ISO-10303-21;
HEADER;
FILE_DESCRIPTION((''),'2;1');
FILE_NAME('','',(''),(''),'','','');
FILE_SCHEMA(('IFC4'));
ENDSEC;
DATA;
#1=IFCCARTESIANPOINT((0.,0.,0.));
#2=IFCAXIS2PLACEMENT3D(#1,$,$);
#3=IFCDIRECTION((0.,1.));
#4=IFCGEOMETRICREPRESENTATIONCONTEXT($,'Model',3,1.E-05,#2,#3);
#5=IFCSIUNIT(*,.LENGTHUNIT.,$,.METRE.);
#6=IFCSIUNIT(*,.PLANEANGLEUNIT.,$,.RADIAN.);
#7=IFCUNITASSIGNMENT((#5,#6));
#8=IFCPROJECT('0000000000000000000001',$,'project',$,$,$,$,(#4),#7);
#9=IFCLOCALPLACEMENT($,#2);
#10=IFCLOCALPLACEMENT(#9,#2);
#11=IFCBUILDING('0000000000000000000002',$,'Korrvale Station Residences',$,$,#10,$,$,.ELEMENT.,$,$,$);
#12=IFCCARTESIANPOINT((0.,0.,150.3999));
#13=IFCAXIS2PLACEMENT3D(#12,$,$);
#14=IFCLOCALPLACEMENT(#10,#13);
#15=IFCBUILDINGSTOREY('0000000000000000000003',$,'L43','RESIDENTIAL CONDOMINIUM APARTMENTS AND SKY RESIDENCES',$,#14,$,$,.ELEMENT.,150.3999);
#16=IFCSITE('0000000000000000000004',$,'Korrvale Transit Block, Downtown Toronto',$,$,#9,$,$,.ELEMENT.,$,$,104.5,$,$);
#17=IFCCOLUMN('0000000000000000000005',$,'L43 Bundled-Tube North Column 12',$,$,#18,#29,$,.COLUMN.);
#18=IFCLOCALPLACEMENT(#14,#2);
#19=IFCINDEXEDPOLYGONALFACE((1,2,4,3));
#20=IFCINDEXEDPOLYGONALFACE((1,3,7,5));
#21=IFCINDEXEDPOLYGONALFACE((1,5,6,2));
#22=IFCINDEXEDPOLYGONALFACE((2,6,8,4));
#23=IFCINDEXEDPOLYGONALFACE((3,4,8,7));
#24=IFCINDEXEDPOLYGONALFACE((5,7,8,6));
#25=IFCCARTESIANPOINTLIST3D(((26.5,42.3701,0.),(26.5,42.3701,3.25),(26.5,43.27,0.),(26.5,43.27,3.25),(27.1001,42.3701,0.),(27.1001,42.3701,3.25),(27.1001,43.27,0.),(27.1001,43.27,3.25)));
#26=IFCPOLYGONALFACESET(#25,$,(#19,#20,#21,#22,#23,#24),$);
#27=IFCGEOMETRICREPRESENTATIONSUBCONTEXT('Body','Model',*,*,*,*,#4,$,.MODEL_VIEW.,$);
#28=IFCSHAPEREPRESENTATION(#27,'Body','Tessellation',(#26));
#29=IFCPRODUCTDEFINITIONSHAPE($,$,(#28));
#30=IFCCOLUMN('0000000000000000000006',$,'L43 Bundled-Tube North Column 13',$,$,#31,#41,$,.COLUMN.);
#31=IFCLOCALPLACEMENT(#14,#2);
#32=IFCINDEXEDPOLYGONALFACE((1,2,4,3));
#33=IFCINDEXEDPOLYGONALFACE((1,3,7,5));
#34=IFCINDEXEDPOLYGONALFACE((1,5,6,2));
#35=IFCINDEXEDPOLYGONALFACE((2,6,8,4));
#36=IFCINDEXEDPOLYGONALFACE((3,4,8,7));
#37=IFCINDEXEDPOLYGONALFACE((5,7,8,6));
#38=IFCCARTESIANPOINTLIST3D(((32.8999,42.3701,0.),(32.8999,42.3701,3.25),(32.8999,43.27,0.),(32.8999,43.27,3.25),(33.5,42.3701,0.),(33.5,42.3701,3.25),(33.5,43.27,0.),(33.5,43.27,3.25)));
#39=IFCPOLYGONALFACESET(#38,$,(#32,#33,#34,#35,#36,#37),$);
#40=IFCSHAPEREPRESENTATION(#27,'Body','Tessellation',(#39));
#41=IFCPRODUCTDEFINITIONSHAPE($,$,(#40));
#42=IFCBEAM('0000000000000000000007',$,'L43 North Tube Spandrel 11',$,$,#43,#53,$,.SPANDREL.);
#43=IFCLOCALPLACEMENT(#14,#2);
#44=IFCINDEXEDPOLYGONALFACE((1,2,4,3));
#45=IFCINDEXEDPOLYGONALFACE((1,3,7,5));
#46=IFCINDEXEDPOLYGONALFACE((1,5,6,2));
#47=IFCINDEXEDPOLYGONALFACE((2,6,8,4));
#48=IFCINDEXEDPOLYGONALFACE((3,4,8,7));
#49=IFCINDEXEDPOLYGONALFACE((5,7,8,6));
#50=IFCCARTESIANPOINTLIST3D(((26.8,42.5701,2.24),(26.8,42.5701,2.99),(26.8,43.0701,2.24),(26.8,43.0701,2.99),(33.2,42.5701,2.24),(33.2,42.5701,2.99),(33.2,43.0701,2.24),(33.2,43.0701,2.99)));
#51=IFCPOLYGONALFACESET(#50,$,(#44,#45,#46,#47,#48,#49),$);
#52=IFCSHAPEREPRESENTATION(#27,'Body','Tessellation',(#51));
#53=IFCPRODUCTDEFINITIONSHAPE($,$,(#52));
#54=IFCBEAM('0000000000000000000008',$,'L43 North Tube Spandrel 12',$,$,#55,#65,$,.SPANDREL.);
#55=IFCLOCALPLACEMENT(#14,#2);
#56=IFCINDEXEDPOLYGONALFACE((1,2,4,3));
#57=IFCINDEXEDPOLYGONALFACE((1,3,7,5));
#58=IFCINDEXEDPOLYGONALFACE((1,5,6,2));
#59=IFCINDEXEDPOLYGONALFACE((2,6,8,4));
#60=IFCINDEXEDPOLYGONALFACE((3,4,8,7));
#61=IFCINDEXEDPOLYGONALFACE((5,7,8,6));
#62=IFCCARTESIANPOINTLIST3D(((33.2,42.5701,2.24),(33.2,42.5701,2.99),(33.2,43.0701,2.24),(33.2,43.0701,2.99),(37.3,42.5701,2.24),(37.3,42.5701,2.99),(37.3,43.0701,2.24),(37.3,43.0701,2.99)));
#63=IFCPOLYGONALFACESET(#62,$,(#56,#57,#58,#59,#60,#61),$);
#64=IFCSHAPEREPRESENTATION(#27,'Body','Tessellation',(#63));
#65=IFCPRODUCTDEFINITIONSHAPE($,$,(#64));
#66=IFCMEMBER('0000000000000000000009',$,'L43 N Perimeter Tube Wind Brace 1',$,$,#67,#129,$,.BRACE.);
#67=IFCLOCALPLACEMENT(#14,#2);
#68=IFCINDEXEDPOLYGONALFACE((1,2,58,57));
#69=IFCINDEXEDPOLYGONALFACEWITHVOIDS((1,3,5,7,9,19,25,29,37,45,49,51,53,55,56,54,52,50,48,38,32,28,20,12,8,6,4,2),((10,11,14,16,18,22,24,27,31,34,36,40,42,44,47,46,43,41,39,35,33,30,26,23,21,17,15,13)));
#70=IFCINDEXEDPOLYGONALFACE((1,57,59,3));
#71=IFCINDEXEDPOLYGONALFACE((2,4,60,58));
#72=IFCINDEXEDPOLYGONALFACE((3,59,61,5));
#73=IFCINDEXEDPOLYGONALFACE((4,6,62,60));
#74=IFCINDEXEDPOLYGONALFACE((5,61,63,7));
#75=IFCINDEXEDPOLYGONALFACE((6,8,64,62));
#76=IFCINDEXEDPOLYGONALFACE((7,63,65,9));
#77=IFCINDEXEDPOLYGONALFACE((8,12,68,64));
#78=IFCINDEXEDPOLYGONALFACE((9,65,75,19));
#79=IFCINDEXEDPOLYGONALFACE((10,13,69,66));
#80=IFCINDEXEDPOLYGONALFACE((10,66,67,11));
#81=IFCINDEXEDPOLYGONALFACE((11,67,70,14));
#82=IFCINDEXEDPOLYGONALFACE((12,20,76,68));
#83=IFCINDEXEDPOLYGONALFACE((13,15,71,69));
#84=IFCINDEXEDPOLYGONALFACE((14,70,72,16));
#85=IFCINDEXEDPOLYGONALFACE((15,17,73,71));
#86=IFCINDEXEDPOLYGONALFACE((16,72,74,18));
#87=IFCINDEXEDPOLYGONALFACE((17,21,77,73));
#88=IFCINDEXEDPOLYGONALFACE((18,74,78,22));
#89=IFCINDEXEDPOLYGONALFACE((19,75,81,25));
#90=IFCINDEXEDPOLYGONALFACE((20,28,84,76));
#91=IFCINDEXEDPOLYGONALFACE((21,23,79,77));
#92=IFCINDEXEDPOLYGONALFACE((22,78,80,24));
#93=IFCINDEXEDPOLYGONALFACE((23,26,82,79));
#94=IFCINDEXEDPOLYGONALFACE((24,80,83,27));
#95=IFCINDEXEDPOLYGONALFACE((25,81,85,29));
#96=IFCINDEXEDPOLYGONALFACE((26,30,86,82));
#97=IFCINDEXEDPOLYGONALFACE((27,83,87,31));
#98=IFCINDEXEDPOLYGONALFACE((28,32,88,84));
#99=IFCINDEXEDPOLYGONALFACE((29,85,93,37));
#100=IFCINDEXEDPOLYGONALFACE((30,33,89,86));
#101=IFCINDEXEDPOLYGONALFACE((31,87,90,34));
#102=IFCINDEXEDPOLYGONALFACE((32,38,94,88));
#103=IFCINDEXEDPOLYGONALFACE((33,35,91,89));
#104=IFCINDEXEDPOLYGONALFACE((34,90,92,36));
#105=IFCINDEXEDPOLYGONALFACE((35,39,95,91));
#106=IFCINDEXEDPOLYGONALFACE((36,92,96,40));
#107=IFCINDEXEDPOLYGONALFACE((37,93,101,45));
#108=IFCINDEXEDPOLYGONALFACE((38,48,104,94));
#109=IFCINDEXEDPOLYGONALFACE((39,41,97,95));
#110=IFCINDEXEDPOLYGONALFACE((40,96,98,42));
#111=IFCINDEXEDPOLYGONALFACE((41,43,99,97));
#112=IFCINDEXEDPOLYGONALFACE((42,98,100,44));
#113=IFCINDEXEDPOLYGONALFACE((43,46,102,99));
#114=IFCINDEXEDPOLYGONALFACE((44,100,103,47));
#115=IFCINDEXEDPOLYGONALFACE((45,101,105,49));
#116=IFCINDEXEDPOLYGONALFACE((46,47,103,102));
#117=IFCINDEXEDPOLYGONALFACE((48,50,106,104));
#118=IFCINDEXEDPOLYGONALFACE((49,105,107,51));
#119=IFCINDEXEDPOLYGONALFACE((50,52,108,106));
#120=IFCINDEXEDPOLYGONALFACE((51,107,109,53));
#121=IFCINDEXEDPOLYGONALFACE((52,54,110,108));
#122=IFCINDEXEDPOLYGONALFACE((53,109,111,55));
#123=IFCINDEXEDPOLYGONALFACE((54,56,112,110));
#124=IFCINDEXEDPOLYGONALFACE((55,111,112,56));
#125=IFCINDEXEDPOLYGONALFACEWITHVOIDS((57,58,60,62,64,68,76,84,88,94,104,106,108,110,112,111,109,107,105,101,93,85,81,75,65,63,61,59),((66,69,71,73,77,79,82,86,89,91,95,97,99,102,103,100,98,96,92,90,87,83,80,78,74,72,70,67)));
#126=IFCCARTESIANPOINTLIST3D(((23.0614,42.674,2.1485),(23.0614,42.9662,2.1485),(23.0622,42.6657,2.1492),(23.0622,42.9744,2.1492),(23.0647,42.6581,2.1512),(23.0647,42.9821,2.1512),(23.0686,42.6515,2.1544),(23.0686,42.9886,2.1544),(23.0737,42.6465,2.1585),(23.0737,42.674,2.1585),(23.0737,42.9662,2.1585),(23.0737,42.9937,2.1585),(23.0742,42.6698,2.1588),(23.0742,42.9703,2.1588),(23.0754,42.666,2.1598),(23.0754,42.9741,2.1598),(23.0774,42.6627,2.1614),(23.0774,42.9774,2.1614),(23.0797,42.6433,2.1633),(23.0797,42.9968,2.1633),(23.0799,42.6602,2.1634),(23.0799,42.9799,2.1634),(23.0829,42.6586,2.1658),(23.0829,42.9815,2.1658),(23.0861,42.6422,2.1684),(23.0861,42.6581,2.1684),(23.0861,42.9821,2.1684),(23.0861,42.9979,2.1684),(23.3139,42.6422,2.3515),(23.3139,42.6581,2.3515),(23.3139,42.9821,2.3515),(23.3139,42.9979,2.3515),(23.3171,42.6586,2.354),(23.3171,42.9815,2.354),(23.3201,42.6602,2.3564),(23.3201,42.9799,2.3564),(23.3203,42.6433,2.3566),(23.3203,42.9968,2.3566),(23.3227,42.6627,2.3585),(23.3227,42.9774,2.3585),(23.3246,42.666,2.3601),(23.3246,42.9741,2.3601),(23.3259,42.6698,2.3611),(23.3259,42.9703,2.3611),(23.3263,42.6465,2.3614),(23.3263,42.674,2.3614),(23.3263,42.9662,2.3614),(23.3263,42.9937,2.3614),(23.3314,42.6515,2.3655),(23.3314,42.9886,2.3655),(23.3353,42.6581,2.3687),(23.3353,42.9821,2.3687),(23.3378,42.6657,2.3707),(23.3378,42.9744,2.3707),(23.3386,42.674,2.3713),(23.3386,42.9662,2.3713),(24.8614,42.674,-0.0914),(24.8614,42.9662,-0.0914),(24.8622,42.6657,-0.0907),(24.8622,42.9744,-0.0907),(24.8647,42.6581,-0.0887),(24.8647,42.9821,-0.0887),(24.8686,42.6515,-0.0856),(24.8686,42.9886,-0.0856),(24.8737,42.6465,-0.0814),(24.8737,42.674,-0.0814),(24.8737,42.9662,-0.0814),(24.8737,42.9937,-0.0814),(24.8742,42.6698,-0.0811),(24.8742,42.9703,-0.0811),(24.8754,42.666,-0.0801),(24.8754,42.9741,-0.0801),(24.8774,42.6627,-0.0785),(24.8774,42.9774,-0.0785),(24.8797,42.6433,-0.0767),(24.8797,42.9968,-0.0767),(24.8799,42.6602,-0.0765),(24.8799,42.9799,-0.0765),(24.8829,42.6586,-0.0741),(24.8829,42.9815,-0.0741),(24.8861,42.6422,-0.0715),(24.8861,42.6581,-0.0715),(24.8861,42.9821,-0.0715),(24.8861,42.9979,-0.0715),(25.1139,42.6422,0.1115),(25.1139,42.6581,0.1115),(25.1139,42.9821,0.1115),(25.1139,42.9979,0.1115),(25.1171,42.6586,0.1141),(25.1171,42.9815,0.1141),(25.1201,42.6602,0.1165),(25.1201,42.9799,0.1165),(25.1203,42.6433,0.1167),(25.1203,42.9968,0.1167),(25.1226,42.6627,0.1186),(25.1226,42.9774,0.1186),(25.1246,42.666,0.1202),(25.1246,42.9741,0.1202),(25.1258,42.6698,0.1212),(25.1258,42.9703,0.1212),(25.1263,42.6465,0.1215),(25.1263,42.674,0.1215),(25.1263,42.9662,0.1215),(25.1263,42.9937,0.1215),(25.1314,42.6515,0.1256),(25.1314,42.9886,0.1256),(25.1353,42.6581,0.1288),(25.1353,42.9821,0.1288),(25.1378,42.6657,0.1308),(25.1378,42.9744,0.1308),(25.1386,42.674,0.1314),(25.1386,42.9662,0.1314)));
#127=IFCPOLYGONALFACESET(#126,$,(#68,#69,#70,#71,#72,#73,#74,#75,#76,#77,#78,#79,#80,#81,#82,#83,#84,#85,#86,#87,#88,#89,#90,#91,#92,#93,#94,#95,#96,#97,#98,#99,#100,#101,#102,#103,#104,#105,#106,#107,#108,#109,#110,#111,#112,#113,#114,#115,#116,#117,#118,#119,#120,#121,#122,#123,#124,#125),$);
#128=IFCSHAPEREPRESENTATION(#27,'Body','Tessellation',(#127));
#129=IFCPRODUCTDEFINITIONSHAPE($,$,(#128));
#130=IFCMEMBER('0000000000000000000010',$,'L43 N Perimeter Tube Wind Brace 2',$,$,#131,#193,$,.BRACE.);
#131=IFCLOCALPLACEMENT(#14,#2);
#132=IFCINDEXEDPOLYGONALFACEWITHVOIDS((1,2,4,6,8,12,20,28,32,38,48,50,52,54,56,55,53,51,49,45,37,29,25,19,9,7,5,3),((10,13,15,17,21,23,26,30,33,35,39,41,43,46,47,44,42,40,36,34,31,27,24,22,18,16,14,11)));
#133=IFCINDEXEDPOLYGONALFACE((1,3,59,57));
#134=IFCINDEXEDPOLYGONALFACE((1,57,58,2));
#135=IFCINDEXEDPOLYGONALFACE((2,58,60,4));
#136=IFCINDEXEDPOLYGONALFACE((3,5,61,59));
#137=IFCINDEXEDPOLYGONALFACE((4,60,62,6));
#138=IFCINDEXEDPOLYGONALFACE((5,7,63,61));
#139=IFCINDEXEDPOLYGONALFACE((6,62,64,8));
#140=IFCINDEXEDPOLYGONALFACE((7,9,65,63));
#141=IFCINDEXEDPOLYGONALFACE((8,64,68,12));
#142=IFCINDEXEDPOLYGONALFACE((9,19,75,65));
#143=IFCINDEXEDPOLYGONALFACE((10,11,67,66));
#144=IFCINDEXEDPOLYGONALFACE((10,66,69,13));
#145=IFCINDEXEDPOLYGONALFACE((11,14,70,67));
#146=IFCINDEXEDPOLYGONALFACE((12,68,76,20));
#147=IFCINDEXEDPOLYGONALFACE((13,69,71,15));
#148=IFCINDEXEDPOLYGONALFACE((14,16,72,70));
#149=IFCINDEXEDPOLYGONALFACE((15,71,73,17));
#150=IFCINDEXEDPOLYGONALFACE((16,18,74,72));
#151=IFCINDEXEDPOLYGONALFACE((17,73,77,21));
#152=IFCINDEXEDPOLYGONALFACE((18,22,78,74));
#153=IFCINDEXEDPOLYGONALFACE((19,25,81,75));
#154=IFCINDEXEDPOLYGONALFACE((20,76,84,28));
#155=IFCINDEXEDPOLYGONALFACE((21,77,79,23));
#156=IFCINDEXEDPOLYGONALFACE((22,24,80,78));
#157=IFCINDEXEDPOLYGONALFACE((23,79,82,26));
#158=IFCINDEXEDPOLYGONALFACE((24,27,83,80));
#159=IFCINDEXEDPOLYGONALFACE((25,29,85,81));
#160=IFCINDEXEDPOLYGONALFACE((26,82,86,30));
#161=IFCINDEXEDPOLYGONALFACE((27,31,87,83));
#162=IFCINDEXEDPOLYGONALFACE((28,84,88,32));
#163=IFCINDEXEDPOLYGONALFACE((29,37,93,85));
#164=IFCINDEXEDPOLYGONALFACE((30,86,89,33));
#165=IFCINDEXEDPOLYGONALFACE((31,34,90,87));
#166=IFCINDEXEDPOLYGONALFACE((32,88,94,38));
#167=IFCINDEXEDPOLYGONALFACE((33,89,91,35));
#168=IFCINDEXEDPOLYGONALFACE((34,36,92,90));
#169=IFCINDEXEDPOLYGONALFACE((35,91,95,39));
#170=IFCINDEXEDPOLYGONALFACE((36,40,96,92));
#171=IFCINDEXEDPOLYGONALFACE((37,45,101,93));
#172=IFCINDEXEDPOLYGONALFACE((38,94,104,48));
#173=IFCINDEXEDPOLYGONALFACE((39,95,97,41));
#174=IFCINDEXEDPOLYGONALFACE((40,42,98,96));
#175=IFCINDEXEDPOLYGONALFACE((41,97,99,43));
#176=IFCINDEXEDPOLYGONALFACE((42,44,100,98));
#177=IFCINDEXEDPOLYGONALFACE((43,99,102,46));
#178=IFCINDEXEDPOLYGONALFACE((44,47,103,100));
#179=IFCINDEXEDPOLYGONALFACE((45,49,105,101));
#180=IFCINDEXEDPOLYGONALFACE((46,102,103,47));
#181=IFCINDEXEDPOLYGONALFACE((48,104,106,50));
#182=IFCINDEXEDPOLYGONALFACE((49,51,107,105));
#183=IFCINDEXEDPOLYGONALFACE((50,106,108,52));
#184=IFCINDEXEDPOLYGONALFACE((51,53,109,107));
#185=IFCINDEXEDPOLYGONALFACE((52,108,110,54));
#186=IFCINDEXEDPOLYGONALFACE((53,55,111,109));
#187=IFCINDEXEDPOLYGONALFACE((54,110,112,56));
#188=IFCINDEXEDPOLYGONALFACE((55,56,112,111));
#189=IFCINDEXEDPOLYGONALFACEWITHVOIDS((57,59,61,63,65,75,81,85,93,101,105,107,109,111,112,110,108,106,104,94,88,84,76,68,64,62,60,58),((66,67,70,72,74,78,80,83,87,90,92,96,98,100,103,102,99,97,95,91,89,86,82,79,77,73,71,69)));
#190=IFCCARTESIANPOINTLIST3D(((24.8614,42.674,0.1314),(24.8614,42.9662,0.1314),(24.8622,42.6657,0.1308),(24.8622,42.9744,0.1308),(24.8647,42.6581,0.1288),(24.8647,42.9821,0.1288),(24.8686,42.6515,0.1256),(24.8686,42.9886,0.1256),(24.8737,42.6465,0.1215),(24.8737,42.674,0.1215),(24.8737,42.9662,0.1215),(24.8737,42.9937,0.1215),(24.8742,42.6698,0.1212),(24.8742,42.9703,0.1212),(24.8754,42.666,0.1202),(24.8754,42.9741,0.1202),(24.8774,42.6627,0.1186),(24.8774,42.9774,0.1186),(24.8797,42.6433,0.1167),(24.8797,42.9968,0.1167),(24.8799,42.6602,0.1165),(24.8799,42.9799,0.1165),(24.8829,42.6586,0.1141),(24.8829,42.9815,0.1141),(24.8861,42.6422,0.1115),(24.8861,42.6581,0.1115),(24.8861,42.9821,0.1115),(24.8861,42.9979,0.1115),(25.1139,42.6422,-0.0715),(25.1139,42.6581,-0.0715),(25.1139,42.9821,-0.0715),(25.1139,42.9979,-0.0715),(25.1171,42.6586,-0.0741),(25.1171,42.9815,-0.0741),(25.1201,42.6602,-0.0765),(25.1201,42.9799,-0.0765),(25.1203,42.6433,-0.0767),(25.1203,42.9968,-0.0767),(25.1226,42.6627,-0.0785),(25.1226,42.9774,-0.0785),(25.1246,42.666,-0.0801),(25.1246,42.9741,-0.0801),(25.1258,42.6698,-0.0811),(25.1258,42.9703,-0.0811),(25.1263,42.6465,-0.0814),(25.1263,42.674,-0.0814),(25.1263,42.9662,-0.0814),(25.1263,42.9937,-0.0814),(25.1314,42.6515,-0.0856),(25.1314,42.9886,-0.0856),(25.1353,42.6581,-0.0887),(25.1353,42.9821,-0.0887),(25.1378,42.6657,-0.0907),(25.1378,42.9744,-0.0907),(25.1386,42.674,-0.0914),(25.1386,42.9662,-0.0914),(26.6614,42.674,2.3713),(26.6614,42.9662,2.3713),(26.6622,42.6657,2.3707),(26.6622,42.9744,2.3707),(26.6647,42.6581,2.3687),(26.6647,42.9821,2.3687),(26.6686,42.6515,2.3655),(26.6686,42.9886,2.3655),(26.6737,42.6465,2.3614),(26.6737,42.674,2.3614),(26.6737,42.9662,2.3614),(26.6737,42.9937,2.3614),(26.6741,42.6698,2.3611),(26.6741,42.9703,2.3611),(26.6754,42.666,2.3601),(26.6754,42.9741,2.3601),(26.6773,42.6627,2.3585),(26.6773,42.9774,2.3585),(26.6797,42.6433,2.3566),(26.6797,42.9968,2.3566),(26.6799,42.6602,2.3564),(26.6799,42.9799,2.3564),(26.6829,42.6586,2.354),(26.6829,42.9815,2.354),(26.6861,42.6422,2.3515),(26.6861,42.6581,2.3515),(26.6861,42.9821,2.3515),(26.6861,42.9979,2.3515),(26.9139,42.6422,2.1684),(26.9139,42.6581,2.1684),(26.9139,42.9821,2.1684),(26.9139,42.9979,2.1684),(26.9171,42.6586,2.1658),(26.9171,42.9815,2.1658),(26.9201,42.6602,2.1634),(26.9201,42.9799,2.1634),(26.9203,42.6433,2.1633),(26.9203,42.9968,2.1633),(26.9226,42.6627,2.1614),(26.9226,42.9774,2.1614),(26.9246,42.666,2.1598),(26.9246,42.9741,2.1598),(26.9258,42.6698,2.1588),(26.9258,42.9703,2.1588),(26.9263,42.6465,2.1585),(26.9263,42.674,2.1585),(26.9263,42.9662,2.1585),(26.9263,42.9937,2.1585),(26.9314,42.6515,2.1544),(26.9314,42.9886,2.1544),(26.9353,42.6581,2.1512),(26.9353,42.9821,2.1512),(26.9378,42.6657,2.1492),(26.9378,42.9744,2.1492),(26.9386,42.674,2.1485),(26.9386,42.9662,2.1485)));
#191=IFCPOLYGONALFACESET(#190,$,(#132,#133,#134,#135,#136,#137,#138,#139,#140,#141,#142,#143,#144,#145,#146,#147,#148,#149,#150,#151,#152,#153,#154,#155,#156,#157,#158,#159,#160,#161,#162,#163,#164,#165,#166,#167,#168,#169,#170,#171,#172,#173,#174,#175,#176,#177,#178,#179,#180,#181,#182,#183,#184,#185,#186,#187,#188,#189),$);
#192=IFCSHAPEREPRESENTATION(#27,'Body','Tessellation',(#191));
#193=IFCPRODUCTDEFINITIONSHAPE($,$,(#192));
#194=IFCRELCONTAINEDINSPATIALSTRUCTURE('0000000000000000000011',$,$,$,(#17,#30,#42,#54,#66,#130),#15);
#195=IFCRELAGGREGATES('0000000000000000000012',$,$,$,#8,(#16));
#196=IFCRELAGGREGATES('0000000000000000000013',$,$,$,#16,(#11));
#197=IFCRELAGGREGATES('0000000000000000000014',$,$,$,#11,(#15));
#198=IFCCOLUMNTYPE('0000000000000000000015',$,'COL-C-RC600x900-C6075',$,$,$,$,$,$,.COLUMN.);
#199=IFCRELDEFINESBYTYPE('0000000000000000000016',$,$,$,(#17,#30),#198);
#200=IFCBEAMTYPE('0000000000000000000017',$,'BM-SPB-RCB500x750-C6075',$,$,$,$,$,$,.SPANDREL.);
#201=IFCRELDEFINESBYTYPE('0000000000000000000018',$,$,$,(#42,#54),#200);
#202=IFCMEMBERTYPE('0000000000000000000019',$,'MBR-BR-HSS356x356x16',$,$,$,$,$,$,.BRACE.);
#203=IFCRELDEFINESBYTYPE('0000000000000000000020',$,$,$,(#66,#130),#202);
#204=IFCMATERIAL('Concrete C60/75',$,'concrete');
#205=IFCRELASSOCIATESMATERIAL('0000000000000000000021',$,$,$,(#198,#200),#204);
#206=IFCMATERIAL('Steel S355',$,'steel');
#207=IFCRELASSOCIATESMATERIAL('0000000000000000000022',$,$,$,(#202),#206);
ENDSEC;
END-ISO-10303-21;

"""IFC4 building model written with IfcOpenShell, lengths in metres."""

from ifc_helpers import new_model, si_unit, direction, frame, origin, origin_2d, place, context, subcontext, project, spatial, rectangle, hollow_rectangle, extrude, material, material_profile, profile_set, type_object, element, save


model = new_model("IFC4")

# Units and contexts
model_context = context("Model", 3, precision=1e-05, world=origin(), true_north=direction((0.0, 1.0)))
body_context = subcontext(model_context, "Body", "Model", "MODEL_VIEW")
ifc_project = project(units=[si_unit("LENGTHUNIT", "METRE"), si_unit("PLANEANGLEUNIT", "RADIAN")], contexts=[model_context])

# Site, building, storey
site_placement = place(None, origin())
site = spatial("IfcSite", under=ifc_project, at=site_placement, Name="Korrvale Transit Block, Downtown Toronto", CompositionType="ELEMENT", RefElevation=104.5)
building_placement = place(site_placement, origin())
building = spatial("IfcBuilding", under=site, at=building_placement, Name="Korrvale Station Residences", CompositionType="ELEMENT")
storey_placement = place(building_placement, frame((0.0, 0.0, 150.3999)))
storey = spatial("IfcBuildingStorey", under=building, at=storey_placement, Name="L43", Description="RESIDENTIAL CONDOMINIUM APARTMENTS AND SKY RESIDENCES", CompositionType="ELEMENT", Elevation=150.3999)

# Columns
ifc_material_1 = material(Name="Concrete C60/75", Category="concrete")
ifc_material_profile_1 = material_profile(ifc_material_1, rectangle(XDim=0.6001, YDim=0.8999, at=origin_2d()), Name="RC600x900")
ifc_profile_set_1 = profile_set([ifc_material_profile_1], Name="Concrete C60/75")
column_type = type_object("IfcColumnType", Name="COL-C-RC600x900-C6075", PredefinedType="COLUMN", material=ifc_profile_set_1)
for number, where, z_axis, x_axis, name in (
    (1, (26.8, 42.8201, 0.0), (0.0, 0.0, 1.0), (1.0, 0.0, 0.0), "L43 Bundled-Tube North Column 12"),
    (2, (33.2, 42.8201, 0.0), (0.0, 0.0, 1.0), (1.0, 0.0, 0.0), "L43 Bundled-Tube North Column 13"),
):
    element("IfcColumn", number, at=place(storey_placement, frame(where, z_axis=z_axis, x_axis=x_axis)), inside=storey, type_object=column_type, Name=name, PredefinedType="COLUMN", context=body_context, shape_type="SweptSolid", body=[
        extrude(rectangle(XDim=0.6001, YDim=0.8999, at=origin_2d()), origin(), (0.0, 0.0, 1.0), 3.25),
    ])

# Beams
ifc_material_profile_2 = material_profile(ifc_material_1, rectangle(XDim=0.5, YDim=0.75, at=origin_2d()), Name="RCB500x750")
ifc_profile_set_2 = profile_set([ifc_material_profile_2], Name="Concrete C60/75")
beam_type = type_object("IfcBeamType", Name="BM-SPB-RCB500x750-C6075", PredefinedType="SPANDREL", material=ifc_profile_set_2)
beam_1_placement = place(storey_placement, frame((26.8, 42.8201, 2.615), z_axis=(1.0, 0.0, 0.0), x_axis=(0.0, 1.0, 0.0)))
element("IfcBeam", 3, at=beam_1_placement, inside=storey, type_object=beam_type, Name="L43 North Tube Spandrel 11", PredefinedType="SPANDREL", context=body_context, shape_type="SweptSolid", body=[
    extrude(rectangle(XDim=0.5, YDim=0.75, at=origin_2d()), origin(), (0.0, 0.0, 1.0), 6.3999),
])
beam_2_placement = place(storey_placement, frame((33.2, 42.8201, 2.615), z_axis=(1.0, 0.0, 0.0), x_axis=(0.0, 1.0, 0.0)))
element("IfcBeam", 4, at=beam_2_placement, inside=storey, type_object=beam_type, Name="L43 North Tube Spandrel 12", PredefinedType="SPANDREL", context=body_context, shape_type="SweptSolid", body=[
    extrude(rectangle(XDim=0.5, YDim=0.75, at=origin_2d()), origin(), (0.0, 0.0, 1.0), 4.1001),
])

# Members
ifc_material_2 = material(Name="Steel S355", Category="steel")
ifc_material_profile_3 = material_profile(ifc_material_2, hollow_rectangle(XDim=0.3557, YDim=0.3557, WallThickness=0.0159, InnerFilletRadius=0.0159, OuterFilletRadius=0.0317, at=origin_2d()), Name="HSS356x356x16")
ifc_profile_set_3 = profile_set([ifc_material_profile_3], Name="Steel S355")
member_type = type_object("IfcMemberType", Name="MBR-BR-HSS356x356x16", PredefinedType="BRACE", material=ifc_profile_set_3)
for number, where, z_axis, x_axis, name in (
    (5, (25.0, 42.8201, 0.02), (-0.626403, 0.0, 0.779499), (0.0, -1.0, 0.0), "L43 N Perimeter Tube Wind Brace 1"),
    (6, (25.0, 42.8201, 0.02), (0.626403, 0.0, 0.779499), (0.0, 1.0, 0.0), "L43 N Perimeter Tube Wind Brace 2"),
):
    element("IfcMember", number, at=place(storey_placement, frame(where, z_axis=z_axis, x_axis=x_axis)), inside=storey, type_object=member_type, Name=name, PredefinedType="BRACE", context=body_context, shape_type="SweptSolid", body=[
        extrude(hollow_rectangle(XDim=0.3557, YDim=0.3557, WallThickness=0.0159, InnerFilletRadius=0.0159, OuterFilletRadius=0.0317, at=origin_2d()), origin(), (0.0, 0.0, 1.0), 2.8735),
    ])

save(model, "model.ifc")
